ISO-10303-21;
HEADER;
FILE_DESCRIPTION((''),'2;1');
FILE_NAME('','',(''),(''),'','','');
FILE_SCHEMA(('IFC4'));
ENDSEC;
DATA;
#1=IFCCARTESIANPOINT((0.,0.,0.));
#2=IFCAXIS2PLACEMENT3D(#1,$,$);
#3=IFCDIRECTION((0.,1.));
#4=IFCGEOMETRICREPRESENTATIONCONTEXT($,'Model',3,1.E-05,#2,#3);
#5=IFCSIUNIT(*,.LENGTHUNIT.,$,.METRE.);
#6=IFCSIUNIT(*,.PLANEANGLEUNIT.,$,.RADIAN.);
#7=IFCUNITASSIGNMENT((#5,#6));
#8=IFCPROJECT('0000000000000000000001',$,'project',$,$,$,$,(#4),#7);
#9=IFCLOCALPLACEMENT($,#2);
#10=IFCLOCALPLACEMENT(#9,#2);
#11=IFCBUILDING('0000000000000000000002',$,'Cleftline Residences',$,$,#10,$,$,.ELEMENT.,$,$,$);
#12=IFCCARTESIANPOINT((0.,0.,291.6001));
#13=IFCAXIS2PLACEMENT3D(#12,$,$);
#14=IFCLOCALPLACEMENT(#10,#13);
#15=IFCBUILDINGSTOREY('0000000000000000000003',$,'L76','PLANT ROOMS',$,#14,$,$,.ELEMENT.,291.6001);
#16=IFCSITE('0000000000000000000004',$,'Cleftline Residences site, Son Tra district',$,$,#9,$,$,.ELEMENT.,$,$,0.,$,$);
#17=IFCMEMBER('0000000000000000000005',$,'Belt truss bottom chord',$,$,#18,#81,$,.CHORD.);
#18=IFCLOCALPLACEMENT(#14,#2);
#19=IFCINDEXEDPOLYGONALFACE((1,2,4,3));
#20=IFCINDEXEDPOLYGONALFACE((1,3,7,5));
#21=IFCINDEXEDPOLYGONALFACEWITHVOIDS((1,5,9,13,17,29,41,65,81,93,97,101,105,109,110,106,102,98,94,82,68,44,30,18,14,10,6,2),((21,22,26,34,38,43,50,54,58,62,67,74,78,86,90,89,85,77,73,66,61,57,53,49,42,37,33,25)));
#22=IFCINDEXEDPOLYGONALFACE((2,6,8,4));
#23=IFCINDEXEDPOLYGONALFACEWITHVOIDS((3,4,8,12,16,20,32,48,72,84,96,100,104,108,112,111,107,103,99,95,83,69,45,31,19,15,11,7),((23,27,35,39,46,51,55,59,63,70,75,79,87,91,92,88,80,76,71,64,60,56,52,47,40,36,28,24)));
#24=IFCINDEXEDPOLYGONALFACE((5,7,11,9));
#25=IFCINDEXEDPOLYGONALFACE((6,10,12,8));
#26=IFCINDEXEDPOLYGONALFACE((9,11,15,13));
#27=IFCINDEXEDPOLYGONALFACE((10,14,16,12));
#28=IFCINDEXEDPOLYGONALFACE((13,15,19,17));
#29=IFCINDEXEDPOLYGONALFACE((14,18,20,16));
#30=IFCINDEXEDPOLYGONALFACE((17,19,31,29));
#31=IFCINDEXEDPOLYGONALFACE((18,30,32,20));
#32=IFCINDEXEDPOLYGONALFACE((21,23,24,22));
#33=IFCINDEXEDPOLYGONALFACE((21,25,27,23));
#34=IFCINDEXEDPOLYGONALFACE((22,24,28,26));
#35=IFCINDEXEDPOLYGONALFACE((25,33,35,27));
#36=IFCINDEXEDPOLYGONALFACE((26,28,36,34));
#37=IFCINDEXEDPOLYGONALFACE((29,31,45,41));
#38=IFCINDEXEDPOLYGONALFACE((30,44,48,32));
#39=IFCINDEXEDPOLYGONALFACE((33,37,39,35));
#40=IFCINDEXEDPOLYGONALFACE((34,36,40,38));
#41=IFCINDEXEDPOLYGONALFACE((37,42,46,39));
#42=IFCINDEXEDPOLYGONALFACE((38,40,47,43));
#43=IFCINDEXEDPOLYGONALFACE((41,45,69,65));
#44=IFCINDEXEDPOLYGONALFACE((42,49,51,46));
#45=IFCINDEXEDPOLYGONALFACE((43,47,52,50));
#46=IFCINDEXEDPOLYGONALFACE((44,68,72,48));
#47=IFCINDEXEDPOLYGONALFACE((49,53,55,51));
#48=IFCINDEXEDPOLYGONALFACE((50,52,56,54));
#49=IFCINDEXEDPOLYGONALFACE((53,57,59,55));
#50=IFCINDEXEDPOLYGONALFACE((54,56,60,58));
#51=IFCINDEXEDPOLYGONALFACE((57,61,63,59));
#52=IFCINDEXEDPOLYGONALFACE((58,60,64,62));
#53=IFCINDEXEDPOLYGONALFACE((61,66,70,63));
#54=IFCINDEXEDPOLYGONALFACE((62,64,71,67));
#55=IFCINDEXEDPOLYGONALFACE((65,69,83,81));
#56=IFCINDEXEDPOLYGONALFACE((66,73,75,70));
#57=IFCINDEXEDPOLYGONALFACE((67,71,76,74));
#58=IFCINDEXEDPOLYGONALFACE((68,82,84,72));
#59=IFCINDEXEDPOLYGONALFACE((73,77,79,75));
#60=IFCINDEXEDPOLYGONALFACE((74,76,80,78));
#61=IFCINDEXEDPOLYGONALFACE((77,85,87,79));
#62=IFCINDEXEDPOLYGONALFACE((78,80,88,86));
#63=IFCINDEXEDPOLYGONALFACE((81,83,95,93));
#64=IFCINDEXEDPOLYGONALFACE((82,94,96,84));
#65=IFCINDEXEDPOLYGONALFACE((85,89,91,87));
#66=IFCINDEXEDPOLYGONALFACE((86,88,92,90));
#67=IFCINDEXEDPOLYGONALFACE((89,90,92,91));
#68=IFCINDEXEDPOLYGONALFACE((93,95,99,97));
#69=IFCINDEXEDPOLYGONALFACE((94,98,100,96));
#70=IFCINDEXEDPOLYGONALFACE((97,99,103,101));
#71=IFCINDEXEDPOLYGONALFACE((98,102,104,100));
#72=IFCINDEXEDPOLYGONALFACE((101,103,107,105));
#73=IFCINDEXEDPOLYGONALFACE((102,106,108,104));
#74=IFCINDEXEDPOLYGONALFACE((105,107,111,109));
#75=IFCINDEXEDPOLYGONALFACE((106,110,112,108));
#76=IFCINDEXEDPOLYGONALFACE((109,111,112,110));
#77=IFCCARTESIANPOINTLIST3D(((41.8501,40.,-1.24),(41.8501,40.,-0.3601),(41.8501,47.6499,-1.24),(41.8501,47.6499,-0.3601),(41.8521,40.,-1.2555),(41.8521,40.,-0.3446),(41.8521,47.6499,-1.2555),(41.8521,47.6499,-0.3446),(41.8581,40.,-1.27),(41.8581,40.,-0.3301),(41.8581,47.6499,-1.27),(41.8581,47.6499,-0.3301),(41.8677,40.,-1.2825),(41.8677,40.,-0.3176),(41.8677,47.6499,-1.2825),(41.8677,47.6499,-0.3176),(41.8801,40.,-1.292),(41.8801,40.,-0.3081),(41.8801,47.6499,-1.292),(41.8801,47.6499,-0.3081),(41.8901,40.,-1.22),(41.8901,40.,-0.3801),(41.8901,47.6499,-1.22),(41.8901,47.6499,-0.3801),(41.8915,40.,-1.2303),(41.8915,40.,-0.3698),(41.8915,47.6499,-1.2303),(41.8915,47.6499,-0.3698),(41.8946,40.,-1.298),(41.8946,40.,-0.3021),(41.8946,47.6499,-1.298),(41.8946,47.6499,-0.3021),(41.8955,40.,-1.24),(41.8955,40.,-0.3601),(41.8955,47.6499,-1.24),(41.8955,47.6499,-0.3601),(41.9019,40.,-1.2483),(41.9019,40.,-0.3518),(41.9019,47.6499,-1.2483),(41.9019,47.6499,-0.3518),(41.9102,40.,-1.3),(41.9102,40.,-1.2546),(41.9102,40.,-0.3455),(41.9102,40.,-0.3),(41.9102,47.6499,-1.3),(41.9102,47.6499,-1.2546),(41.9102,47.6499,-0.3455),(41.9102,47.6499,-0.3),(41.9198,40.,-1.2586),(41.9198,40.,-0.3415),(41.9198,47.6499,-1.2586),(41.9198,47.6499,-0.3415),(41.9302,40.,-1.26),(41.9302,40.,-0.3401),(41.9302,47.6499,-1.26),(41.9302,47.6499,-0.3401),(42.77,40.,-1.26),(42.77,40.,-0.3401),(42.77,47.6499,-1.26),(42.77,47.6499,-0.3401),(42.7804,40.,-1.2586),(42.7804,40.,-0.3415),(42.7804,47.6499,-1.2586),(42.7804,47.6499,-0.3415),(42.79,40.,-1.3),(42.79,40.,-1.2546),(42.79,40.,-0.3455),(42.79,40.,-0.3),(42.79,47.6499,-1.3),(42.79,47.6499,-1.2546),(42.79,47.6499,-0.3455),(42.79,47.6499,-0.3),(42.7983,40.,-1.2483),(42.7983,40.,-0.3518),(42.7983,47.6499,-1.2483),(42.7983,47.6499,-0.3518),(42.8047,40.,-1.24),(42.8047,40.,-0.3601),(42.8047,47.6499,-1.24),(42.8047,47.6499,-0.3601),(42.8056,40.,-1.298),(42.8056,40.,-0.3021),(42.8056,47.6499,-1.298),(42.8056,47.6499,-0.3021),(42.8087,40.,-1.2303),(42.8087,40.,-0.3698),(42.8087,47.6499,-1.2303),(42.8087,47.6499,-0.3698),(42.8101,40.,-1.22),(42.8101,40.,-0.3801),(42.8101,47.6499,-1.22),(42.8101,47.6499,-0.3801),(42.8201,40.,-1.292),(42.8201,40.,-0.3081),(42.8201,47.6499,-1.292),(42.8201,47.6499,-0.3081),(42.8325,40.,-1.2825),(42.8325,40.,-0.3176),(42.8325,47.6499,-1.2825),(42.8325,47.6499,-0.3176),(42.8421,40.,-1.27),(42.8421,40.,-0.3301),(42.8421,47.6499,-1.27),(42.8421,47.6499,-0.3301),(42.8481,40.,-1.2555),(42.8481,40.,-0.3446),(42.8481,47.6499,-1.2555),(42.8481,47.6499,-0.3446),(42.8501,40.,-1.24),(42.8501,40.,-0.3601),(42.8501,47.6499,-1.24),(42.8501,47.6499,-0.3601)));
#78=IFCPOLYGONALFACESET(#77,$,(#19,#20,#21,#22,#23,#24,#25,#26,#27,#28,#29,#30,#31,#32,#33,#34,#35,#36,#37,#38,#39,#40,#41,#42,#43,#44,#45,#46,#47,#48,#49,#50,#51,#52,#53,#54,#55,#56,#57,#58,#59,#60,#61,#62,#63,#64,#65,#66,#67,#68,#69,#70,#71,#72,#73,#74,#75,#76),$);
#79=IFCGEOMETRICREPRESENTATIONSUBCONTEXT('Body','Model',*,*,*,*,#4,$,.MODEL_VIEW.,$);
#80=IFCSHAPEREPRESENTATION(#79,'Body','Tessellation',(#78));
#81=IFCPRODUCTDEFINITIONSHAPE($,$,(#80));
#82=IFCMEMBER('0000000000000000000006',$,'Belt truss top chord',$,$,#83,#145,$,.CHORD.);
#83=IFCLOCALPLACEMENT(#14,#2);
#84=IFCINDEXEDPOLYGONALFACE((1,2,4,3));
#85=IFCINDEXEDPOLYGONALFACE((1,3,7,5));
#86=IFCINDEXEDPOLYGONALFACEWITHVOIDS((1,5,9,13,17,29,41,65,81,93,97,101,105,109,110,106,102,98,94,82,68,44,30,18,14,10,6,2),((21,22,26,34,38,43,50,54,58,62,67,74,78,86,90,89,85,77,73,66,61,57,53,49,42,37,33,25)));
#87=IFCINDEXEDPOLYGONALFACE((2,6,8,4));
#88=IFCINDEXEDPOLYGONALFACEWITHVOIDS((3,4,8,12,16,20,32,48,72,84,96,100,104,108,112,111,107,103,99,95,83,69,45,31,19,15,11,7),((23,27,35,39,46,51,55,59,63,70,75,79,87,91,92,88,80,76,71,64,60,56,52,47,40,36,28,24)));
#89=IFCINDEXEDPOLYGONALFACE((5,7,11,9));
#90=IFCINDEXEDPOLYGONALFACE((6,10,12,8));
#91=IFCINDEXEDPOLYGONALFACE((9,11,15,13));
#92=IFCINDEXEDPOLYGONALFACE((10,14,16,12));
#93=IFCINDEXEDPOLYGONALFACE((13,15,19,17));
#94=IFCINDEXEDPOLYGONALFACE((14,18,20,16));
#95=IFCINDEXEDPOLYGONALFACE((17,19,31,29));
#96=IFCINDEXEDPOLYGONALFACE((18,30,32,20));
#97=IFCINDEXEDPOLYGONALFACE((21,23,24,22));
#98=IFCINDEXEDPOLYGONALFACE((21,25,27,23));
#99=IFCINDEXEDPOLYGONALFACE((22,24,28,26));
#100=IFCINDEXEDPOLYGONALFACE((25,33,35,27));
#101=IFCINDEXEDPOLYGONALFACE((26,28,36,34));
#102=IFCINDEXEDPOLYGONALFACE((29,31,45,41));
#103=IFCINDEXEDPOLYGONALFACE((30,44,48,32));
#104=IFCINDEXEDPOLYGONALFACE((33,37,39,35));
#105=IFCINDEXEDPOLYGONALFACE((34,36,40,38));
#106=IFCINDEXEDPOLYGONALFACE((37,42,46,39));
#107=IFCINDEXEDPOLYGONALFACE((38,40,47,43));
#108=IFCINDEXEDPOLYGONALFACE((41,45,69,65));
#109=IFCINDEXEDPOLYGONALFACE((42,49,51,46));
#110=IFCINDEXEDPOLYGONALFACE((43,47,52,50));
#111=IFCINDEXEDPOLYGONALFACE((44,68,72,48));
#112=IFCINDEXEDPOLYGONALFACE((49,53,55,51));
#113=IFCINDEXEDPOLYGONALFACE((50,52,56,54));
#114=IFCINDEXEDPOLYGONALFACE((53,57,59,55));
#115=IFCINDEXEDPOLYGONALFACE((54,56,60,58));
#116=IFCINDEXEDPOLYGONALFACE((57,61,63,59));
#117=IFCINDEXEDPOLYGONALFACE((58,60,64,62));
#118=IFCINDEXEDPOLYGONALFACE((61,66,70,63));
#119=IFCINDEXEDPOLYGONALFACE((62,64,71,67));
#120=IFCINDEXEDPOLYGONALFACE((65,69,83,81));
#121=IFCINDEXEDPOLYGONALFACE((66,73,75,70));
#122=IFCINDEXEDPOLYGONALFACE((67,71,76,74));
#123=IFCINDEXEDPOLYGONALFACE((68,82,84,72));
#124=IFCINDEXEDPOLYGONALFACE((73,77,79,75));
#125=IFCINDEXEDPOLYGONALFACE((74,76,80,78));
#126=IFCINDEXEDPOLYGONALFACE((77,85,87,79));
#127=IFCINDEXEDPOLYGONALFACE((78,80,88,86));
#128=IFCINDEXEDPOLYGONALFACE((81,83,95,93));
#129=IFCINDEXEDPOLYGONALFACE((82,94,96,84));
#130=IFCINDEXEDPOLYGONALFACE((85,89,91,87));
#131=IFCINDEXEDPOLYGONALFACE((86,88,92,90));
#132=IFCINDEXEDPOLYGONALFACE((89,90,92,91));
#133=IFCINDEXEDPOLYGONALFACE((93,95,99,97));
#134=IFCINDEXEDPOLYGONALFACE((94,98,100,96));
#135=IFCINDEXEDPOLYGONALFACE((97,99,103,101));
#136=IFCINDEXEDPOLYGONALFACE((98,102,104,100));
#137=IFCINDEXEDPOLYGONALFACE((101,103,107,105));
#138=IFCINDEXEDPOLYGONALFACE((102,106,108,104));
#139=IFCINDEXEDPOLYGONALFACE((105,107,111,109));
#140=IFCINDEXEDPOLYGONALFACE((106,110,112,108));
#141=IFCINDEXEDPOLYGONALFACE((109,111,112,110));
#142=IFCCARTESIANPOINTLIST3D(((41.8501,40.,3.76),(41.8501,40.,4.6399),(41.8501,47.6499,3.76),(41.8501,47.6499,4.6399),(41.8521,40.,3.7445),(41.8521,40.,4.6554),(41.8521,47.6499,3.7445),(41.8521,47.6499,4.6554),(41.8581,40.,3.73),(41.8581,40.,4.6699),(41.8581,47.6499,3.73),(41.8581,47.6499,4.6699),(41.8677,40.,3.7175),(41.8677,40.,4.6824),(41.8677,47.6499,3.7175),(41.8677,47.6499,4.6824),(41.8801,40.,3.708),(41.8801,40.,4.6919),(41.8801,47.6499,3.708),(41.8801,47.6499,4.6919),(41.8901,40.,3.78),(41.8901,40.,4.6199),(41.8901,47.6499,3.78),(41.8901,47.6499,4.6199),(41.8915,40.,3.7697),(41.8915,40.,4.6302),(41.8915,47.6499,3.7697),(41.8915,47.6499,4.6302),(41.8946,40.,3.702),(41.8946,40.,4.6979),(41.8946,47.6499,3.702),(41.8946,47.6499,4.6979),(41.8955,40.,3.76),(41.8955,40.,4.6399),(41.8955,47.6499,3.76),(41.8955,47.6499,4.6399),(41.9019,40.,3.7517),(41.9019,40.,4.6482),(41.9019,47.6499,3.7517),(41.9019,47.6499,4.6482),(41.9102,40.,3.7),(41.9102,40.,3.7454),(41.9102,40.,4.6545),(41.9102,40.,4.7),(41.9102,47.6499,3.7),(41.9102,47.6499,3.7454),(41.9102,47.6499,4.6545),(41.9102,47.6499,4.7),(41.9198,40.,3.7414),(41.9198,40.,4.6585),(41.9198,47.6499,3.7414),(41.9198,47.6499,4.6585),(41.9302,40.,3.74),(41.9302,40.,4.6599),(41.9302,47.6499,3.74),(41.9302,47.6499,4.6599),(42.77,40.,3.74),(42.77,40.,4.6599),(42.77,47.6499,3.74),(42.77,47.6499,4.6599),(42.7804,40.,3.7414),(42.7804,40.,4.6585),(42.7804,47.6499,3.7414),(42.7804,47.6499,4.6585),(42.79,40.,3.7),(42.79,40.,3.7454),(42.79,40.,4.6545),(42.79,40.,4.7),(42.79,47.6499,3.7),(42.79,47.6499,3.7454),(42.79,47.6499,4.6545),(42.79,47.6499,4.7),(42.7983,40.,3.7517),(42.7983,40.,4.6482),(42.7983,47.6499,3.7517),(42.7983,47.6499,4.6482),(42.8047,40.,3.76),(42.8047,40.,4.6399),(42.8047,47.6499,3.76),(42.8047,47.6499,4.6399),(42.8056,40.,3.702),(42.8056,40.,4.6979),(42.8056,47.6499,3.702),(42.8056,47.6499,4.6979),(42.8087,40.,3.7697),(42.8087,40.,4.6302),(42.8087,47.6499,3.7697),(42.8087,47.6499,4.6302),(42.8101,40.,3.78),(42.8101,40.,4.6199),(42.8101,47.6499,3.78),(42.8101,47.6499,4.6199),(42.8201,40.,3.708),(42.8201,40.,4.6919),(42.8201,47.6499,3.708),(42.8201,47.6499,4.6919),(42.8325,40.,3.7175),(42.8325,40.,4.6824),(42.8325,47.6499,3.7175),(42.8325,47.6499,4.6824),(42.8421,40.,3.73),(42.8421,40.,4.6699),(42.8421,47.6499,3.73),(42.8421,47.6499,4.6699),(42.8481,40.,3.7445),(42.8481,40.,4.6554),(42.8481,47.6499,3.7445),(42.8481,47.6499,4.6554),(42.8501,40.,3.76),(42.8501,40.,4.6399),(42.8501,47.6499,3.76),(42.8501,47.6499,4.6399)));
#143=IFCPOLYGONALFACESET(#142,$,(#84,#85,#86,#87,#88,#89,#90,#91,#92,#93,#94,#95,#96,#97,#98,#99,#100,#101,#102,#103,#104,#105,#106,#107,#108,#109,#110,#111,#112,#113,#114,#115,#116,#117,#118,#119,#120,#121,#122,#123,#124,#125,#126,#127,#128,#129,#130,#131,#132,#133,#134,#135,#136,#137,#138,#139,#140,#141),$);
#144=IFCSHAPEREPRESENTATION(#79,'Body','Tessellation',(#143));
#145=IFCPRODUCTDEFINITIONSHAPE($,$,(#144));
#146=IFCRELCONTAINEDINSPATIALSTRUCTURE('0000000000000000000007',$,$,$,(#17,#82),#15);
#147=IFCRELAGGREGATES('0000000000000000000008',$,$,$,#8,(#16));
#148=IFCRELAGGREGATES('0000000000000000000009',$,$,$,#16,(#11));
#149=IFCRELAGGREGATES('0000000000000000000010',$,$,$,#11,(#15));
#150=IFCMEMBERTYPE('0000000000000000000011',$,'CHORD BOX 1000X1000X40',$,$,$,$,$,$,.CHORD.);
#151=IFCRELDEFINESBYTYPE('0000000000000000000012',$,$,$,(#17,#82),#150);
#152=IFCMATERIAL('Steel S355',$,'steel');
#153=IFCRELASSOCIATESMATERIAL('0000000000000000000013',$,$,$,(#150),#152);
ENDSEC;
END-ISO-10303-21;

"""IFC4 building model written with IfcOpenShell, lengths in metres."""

from ifc_helpers import new_model, si_unit, direction, frame, origin, origin_2d, place, context, subcontext, project, spatial, hollow_rectangle, extrude, material, material_profile, profile_set, type_object, element, save


model = new_model("IFC4")

# Units and contexts
model_context = context("Model", 3, precision=1e-05, world=origin(), true_north=direction((0.0, 1.0)))
body_context = subcontext(model_context, "Body", "Model", "MODEL_VIEW")
ifc_project = project(units=[si_unit("LENGTHUNIT", "METRE"), si_unit("PLANEANGLEUNIT", "RADIAN")], contexts=[model_context])

# Site, building, storey
site_placement = place(None, origin())
site = spatial("IfcSite", under=ifc_project, at=site_placement, Name="Cleftline Residences site, Son Tra district", CompositionType="ELEMENT", RefElevation=0.0)
building_placement = place(site_placement, origin())
building = spatial("IfcBuilding", under=site, at=building_placement, Name="Cleftline Residences", CompositionType="ELEMENT")
storey_placement = place(building_placement, frame((0.0, 0.0, 291.6001)))
storey = spatial("IfcBuildingStorey", under=building, at=storey_placement, Name="L76", Description="PLANT ROOMS", CompositionType="ELEMENT", Elevation=291.6001)

# Members
ifc_material_1 = material(Name="Steel S355", Category="steel")
ifc_material_profile_1 = material_profile(ifc_material_1, hollow_rectangle(XDim=1.0, YDim=1.0, WallThickness=0.04, InnerFilletRadius=0.04, OuterFilletRadius=0.0601, at=origin_2d()))
ifc_profile_set_1 = profile_set([ifc_material_profile_1], Name="Steel S355")
member_type_1 = type_object("IfcMemberType", Name="CHORD BOX 1000X1000X40", PredefinedType="CHORD", material=ifc_profile_set_1)
for number, where, z_axis, x_axis, name in (
    (1, (42.3501, 40.0, -0.8), (0.0, 1.0, 0.0), (-1.0, 0.0, 0.0), "Belt truss bottom chord"),
    (2, (42.3501, 40.0, 4.2), (0.0, 1.0, 0.0), (-1.0, 0.0, 0.0), "Belt truss top chord"),
):
    element("IfcMember", number, at=place(storey_placement, frame(where, z_axis=z_axis, x_axis=x_axis)), inside=storey, type_object=member_type_1, Name=name, PredefinedType="CHORD", context=body_context, shape_type="SweptSolid", body=[
        extrude(hollow_rectangle(XDim=1.0, YDim=1.0, WallThickness=0.04, InnerFilletRadius=0.04, OuterFilletRadius=0.0601, at=origin_2d()), origin(), (0.0, 0.0, 1.0), 7.6499),
    ])

save(model, "model.ifc")
